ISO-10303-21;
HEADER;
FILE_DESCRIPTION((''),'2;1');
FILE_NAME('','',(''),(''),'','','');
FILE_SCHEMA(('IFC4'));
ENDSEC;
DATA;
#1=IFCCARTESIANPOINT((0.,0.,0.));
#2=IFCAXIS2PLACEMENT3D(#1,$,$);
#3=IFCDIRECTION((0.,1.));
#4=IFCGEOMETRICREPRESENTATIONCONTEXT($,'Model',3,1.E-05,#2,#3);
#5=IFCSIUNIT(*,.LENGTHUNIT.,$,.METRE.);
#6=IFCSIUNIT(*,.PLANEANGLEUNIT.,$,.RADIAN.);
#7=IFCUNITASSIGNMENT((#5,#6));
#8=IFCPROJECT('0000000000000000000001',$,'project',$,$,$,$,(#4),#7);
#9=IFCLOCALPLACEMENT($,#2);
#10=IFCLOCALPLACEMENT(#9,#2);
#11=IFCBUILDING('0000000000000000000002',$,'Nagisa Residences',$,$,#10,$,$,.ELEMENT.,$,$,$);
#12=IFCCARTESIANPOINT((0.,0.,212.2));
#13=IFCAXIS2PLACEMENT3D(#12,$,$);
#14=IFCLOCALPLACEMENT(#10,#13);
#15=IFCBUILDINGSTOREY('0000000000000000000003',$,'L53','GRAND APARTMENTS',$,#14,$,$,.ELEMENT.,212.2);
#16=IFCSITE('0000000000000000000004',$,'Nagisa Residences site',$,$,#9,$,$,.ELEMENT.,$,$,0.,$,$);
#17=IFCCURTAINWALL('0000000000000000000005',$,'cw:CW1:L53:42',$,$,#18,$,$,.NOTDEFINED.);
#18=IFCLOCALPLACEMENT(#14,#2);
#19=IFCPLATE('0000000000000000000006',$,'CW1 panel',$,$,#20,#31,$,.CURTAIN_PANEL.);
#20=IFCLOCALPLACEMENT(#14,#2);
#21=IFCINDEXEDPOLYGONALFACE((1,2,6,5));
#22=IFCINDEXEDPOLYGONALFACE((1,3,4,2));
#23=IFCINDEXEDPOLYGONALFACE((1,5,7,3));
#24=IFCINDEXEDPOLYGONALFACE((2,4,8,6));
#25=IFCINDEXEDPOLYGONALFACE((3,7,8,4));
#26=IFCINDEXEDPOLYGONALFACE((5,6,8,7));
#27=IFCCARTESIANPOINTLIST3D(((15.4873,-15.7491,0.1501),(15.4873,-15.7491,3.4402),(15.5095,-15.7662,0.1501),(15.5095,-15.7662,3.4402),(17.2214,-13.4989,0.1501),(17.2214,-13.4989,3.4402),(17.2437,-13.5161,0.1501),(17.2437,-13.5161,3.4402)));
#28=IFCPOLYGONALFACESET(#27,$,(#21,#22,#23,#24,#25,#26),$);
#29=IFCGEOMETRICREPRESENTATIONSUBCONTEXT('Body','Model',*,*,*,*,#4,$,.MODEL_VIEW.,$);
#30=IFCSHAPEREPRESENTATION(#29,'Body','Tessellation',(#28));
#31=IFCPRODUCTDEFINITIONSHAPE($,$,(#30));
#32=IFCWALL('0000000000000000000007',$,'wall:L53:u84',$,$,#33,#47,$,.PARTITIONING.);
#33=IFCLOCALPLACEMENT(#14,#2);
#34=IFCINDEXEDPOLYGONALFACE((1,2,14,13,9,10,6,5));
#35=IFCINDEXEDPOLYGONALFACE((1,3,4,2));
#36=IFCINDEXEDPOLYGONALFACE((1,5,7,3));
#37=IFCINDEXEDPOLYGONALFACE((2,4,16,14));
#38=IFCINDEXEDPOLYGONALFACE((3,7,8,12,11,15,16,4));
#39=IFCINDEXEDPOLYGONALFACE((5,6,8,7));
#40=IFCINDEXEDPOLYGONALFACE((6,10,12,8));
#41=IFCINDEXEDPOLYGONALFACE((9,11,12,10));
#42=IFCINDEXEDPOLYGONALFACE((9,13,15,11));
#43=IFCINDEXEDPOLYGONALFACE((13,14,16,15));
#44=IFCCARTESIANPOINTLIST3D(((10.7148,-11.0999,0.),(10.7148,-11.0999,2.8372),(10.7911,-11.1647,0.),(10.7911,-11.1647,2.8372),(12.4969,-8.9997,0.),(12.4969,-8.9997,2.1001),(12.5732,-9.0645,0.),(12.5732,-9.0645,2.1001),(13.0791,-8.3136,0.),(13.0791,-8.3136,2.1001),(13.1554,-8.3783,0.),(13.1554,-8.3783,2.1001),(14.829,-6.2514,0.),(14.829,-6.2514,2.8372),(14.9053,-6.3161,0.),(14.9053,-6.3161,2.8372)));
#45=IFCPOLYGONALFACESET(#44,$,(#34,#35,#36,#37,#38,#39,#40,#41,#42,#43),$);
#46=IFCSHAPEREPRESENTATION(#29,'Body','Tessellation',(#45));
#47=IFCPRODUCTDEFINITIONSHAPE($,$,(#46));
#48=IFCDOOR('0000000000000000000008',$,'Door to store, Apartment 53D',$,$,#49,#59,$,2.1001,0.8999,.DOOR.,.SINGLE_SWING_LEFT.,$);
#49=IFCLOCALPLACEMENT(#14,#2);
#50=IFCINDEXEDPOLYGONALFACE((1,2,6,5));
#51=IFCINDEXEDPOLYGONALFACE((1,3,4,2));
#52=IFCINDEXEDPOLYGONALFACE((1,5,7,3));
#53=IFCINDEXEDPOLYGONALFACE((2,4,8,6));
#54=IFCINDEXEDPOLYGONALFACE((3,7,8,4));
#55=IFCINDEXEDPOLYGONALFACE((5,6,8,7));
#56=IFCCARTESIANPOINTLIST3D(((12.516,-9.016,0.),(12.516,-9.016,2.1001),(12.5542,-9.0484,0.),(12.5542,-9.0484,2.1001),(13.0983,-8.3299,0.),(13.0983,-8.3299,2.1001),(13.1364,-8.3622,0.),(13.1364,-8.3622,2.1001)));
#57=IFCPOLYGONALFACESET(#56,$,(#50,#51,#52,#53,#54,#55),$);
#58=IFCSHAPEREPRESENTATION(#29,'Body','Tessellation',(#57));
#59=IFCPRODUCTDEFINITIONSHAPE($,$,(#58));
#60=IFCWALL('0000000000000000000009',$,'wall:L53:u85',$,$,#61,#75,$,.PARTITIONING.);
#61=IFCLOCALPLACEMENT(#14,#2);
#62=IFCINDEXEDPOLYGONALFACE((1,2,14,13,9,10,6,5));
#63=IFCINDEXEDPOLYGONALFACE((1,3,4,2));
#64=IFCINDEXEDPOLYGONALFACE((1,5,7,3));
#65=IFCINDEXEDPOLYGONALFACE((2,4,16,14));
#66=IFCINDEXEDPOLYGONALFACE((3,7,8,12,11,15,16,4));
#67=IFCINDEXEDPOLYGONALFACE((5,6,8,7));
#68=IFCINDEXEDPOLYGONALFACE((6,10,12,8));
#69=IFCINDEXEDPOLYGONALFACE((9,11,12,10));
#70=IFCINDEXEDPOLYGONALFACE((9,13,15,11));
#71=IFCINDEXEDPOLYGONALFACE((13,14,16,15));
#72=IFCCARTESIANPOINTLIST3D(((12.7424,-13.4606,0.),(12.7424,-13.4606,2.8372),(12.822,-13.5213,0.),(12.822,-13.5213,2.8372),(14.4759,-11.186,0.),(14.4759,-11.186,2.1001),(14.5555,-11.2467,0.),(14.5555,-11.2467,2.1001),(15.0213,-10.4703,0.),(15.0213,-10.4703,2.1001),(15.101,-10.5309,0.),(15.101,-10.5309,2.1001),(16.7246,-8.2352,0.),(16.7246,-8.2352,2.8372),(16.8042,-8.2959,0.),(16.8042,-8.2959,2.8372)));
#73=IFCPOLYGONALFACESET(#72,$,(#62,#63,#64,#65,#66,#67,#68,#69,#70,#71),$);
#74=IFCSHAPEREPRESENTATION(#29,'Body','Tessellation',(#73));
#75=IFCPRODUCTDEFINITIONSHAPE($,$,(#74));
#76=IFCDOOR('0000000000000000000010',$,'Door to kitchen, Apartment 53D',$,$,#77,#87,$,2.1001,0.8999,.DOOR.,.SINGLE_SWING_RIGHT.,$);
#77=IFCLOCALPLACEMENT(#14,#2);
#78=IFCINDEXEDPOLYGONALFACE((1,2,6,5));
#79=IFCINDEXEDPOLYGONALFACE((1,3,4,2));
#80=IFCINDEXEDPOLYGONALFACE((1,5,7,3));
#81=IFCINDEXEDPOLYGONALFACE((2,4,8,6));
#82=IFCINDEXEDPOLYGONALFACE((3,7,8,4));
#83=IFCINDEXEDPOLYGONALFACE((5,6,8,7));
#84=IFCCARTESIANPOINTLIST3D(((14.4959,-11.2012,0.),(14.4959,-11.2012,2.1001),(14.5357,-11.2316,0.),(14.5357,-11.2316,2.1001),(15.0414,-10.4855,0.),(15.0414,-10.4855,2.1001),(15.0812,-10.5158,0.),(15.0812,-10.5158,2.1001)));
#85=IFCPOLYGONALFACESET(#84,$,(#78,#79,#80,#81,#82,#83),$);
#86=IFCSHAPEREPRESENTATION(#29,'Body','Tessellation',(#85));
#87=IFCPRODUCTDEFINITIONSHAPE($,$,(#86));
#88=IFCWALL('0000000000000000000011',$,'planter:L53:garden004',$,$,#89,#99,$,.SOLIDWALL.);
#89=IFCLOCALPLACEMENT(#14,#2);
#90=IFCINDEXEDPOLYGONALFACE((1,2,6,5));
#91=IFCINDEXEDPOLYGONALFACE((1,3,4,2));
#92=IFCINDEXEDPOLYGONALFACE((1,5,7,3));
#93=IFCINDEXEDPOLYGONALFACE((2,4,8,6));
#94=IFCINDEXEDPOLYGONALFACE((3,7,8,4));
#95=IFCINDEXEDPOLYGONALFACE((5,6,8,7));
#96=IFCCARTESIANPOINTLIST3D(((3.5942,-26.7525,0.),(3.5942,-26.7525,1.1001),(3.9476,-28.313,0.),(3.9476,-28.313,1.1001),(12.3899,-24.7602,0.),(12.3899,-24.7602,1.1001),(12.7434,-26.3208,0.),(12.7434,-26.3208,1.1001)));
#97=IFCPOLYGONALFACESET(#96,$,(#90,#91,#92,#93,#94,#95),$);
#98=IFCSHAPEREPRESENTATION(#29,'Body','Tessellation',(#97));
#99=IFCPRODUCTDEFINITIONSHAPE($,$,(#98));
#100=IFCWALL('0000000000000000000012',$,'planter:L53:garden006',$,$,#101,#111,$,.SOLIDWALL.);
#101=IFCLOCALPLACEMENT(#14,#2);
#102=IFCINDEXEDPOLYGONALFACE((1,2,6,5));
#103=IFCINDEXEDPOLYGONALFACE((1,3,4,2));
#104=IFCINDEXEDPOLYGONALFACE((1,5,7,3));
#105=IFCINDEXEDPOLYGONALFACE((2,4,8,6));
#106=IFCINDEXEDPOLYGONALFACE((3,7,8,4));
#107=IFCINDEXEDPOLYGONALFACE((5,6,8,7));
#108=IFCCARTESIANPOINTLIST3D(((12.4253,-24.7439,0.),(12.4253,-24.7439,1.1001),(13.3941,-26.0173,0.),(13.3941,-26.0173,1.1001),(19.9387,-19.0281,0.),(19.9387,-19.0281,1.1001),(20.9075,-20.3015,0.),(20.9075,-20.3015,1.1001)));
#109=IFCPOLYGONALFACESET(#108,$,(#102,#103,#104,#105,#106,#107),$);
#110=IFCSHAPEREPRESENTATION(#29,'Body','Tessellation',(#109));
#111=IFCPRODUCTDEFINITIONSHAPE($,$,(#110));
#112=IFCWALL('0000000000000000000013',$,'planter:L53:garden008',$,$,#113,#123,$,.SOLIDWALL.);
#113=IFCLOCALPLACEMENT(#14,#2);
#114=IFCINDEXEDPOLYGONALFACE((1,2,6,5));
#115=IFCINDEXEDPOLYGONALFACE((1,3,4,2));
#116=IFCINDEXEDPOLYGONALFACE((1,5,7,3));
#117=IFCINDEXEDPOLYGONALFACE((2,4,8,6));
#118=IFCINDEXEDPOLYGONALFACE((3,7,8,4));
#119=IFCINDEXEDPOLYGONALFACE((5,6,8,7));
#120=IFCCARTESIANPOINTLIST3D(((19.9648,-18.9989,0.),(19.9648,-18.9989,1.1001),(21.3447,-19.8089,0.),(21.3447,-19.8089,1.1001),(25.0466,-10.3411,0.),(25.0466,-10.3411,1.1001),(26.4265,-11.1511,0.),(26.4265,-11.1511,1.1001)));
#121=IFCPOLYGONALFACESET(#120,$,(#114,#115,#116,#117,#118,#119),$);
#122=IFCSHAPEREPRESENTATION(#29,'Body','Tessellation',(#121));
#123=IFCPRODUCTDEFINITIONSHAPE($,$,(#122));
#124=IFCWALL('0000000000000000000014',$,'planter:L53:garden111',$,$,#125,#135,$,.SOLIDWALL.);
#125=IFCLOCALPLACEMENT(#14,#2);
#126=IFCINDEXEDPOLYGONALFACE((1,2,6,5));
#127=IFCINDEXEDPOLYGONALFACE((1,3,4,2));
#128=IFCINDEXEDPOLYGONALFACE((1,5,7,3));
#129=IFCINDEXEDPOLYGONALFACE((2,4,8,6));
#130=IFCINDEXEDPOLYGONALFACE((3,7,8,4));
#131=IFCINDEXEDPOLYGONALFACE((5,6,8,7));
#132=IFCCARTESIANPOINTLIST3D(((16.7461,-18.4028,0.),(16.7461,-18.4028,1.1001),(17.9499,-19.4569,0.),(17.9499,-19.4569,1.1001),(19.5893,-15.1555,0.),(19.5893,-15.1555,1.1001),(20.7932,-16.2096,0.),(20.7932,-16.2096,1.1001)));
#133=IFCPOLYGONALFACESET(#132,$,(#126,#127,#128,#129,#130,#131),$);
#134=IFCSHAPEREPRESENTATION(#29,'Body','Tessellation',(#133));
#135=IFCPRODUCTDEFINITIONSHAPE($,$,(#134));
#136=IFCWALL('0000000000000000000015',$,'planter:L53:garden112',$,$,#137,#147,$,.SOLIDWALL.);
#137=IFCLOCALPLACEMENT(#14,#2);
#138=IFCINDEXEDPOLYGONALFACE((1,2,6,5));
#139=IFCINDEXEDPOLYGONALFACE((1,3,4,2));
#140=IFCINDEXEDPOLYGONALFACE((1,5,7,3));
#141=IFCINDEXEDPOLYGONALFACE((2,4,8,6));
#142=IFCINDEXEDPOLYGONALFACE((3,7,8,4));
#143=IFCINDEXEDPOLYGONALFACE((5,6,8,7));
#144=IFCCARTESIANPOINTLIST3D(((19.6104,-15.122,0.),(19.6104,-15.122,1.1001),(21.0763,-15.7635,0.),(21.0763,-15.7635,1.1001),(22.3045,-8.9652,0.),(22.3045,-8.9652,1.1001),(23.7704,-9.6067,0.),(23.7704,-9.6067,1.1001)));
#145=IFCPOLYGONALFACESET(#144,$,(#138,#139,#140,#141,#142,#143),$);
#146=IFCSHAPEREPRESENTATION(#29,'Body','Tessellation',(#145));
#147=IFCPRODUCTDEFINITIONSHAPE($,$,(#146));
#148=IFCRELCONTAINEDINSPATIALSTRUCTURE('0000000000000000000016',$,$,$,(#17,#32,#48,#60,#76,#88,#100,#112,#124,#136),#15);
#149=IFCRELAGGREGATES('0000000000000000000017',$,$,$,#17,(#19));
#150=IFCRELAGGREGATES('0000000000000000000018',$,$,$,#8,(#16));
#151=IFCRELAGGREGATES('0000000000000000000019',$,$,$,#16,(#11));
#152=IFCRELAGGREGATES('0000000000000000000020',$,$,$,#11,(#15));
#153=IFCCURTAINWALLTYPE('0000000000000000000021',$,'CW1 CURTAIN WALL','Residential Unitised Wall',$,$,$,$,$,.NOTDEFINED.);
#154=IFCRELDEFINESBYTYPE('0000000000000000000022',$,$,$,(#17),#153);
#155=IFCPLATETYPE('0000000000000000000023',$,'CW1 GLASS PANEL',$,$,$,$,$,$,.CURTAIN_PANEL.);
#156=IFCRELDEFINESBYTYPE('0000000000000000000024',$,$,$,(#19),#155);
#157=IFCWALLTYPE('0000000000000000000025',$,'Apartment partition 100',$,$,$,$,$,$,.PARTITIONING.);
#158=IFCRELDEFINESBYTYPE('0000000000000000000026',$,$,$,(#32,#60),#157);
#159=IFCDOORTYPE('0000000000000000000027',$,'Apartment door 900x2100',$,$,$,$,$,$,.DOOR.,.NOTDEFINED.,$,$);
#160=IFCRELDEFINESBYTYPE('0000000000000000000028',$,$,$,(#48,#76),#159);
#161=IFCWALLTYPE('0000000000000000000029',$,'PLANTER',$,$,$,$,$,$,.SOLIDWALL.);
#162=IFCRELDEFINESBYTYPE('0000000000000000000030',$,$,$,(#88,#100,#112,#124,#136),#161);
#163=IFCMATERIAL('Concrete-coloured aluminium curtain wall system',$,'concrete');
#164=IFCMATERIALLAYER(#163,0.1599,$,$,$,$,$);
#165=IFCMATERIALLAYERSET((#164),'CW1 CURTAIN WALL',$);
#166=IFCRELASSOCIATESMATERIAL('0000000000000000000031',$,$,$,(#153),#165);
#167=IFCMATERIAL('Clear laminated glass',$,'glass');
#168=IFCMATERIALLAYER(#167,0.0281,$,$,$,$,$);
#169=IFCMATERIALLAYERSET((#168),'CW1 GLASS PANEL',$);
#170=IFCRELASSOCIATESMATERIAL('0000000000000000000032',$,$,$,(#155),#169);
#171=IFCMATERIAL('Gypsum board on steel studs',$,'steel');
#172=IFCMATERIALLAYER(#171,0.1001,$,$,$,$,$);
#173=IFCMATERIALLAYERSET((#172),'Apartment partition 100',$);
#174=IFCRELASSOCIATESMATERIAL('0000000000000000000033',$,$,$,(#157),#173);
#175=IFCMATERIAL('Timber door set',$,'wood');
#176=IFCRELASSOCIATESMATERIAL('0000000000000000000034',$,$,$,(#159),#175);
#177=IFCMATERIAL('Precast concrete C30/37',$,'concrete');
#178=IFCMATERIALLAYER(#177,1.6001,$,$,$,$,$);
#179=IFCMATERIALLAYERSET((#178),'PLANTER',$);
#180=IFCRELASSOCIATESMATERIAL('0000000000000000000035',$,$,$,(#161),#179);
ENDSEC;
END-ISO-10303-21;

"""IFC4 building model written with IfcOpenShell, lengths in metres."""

from ifc_helpers import new_model, si_unit, direction, frame, frame_2d, origin, origin_2d, place, context, subcontext, project, spatial, rectangle, extrude, material, layer, layer_set, type_object, element, fill, aggregate, save


model = new_model("IFC4")

# Units and contexts
model_context = context("Model", 3, precision=1e-05, world=origin(), true_north=direction((0.0, 1.0)))
body_context = subcontext(model_context, "Body", "Model", "MODEL_VIEW")
ifc_project = project(units=[si_unit("LENGTHUNIT", "METRE"), si_unit("PLANEANGLEUNIT", "RADIAN")], contexts=[model_context])

# Site, building, storey
site_placement = place(None, origin())
site = spatial("IfcSite", under=ifc_project, at=site_placement, Name="Nagisa Residences site", CompositionType="ELEMENT", RefElevation=0.0)
building_placement = place(site_placement, origin())
building = spatial("IfcBuilding", under=site, at=building_placement, Name="Nagisa Residences", CompositionType="ELEMENT")
storey_placement = place(building_placement, frame((0.0, 0.0, 212.2)))
storey = spatial("IfcBuildingStorey", under=building, at=storey_placement, Name="L53", Description="GRAND APARTMENTS", CompositionType="ELEMENT", Elevation=212.2)

# Curtain wall
ifc_material_1 = material(Name="Concrete-coloured aluminium curtain wall system", Category="concrete")
ifc_layer_1 = layer(ifc_material_1, 0.1599)
ifc_layer_set_1 = layer_set([ifc_layer_1], Name="CW1 CURTAIN WALL")
curtain_wall_type = type_object("IfcCurtainWallType", Name="CW1 CURTAIN WALL", Description="Residential Unitised Wall", PredefinedType="NOTDEFINED", material=ifc_layer_set_1)
curtain_wall_1_placement = place(storey_placement, origin())
curtain_wall_1 = element("IfcCurtainWall", 1, at=curtain_wall_1_placement, inside=storey, type_object=curtain_wall_type, Name="cw:CW1:L53:42", PredefinedType="NOTDEFINED")

# Plate
ifc_material_2 = material(Name="Clear laminated glass", Category="glass")
ifc_layer_2 = layer(ifc_material_2, 0.0281)
ifc_layer_set_2 = layer_set([ifc_layer_2], Name="CW1 GLASS PANEL")
plate_type = type_object("IfcPlateType", Name="CW1 GLASS PANEL", PredefinedType="CURTAIN_PANEL", material=ifc_layer_set_2)
plate_1_placement = place(storey_placement, frame((16.3655, -14.6326, 0.1501), z_axis=(0.0, 0.0, 1.0), x_axis=(0.61043, 0.79207, 0.0)))
plate_1 = element("IfcPlate", 2, at=plate_1_placement, type_object=plate_type, Name="CW1 panel", PredefinedType="CURTAIN_PANEL", context=body_context, shape_type="SweptSolid", body=[
    extrude(rectangle(XDim=2.8408, YDim=0.0281, at=origin_2d()), origin(), (0.0, 0.0, 1.0), 3.29),
])
aggregate(curtain_wall_1, [plate_1])

# Walls, openings, doors
ifc_material_3 = material(Name="Gypsum board on steel studs", Category="steel")
ifc_layer_3 = layer(ifc_material_3, 0.1001)
ifc_layer_set_3 = layer_set([ifc_layer_3], Name="Apartment partition 100")
wall_type_1 = type_object("IfcWallType", Name="Apartment partition 100", PredefinedType="PARTITIONING", material=ifc_layer_set_3)
wall_1_placement = place(storey_placement, frame((10.7529, -11.1323, 0.0), z_axis=(0.0, 0.0, 1.0), x_axis=(0.647002, 0.762488, 0.0)))
wall_1 = element("IfcWall", 3, at=wall_1_placement, inside=storey, type_object=wall_type_1, Name="wall:L53:u84", PredefinedType="PARTITIONING", context=body_context, shape_type="SweptSolid", body=[
    extrude(rectangle(XDim=6.3589, YDim=0.1001, at=frame_2d((3.1794, 0.0))), origin(), (0.0, 0.0, 1.0), 2.8372),
])
opening_1_placement = place(wall_1_placement, frame((2.7544, 0.0, 0.0)))
opening_1 = element("IfcOpeningElement", 4, at=opening_1_placement, cuts=wall_1, PredefinedType="OPENING", context=body_context, shape_type="SweptSolid", body=[
    extrude(rectangle(XDim=0.8999, YDim=2.1001, at=frame_2d((0.45, 1.05))), frame((0.0, 0.0601, 0.0), z_axis=(0.0, -1.0, 0.0), x_axis=(1.0, 0.0, 0.0)), (0.0, 0.0, 1.0), 0.1201),
])
ifc_material_4 = material(Name="Timber door set", Category="wood")
door_type_1 = type_object("IfcDoorType", Name="Apartment door 900x2100", OperationType="NOTDEFINED", PredefinedType="DOOR", material=ifc_material_4)
door_1_placement = place(opening_1_placement, origin())
door_1 = element("IfcDoor", 5, at=door_1_placement, inside=storey, type_object=door_type_1, Name="Door to store, Apartment 53D", OperationType="SINGLE_SWING_LEFT", OverallHeight=2.1001, OverallWidth=0.8999, PredefinedType="DOOR", context=body_context, shape_type="SweptSolid", body=[
    extrude(rectangle(XDim=0.8999, YDim=2.1001, at=frame_2d((0.45, 1.05))), frame((0.0, 0.0249, 0.0), z_axis=(0.0, -1.0, 0.0), x_axis=(1.0, 0.0, 0.0)), (0.0, 0.0, 1.0), 0.05),
])
fill(opening_1, door_1)
wall_2_placement = place(storey_placement, frame((12.7822, -13.491, 0.0), z_axis=(0.0, 0.0, 1.0), x_axis=(0.606136, 0.795361, 0.0)))
wall_2 = element("IfcWall", 6, at=wall_2_placement, inside=storey, type_object=wall_type_1, Name="wall:L53:u85", PredefinedType="PARTITIONING", context=body_context, shape_type="SweptSolid", body=[
    extrude(rectangle(XDim=6.5698, YDim=0.1001, at=frame_2d((3.2849, 0.0))), origin(), (0.0, 0.0, 1.0), 2.8372),
])
opening_2_placement = place(wall_2_placement, frame((2.8599, 0.0, 0.0)))
opening_2 = element("IfcOpeningElement", 7, at=opening_2_placement, cuts=wall_2, PredefinedType="OPENING", context=body_context, shape_type="SweptSolid", body=[
    extrude(rectangle(XDim=0.8999, YDim=2.1001, at=frame_2d((0.45, 1.05))), frame((0.0, 0.0601, 0.0), z_axis=(0.0, -1.0, 0.0), x_axis=(1.0, 0.0, 0.0)), (0.0, 0.0, 1.0), 0.1201),
])
door_2_placement = place(opening_2_placement, origin())
door_2 = element("IfcDoor", 8, at=door_2_placement, inside=storey, type_object=door_type_1, Name="Door to kitchen, Apartment 53D", OperationType="SINGLE_SWING_RIGHT", OverallHeight=2.1001, OverallWidth=0.8999, PredefinedType="DOOR", context=body_context, shape_type="SweptSolid", body=[
    extrude(rectangle(XDim=0.8999, YDim=2.1001, at=frame_2d((0.45, 1.05))), frame((0.0, 0.0249, 0.0), z_axis=(0.0, -1.0, 0.0), x_axis=(1.0, 0.0, 0.0)), (0.0, 0.0, 1.0), 0.05),
])
fill(opening_2, door_2)

# Walls
ifc_material_5 = material(Name="Precast concrete C30/37", Category="concrete")
ifc_layer_4 = layer(ifc_material_5, 1.6001)
ifc_layer_set_4 = layer_set([ifc_layer_4], Name="PLANTER")
wall_type_2 = type_object("IfcWallType", Name="PLANTER", PredefinedType="SOLIDWALL", material=ifc_layer_set_4)
wall_3_placement = place(storey_placement, frame((12.5667, -25.5405, 0.0), z_axis=(0.0, 0.0, 1.0), x_axis=(-0.975296, -0.220901, 0.0)))
element("IfcWall", 9, at=wall_3_placement, inside=storey, type_object=wall_type_2, Name="planter:L53:garden004", PredefinedType="SOLIDWALL", context=body_context, shape_type="SweptSolid", body=[
    extrude(rectangle(XDim=9.0186, YDim=1.6001, at=frame_2d((4.5093, 0.0))), origin(), (0.0, 0.0, 1.0), 1.1001),
])
wall_4_placement = place(storey_placement, frame((20.4231, -19.6648, 0.0), z_axis=(0.0, 0.0, 1.0), x_axis=(-0.795876, -0.60546, 0.0)))
element("IfcWall", 10, at=wall_4_placement, inside=storey, type_object=wall_type_2, Name="planter:L53:garden006", PredefinedType="SOLIDWALL", context=body_context, shape_type="SweptSolid", body=[
    extrude(rectangle(XDim=9.4404, YDim=1.6001, at=frame_2d((4.7202, 0.0))), origin(), (0.0, 0.0, 1.0), 1.1001),
])
wall_5_placement = place(storey_placement, frame((25.7366, -10.7461, 0.0), z_axis=(0.0, 0.0, 1.0), x_axis=(-0.506207, -0.862412, 0.0)))
element("IfcWall", 11, at=wall_5_placement, inside=storey, type_object=wall_type_2, Name="planter:L53:garden008", PredefinedType="SOLIDWALL", context=body_context, shape_type="SweptSolid", body=[
    extrude(rectangle(XDim=10.0391, YDim=1.6001, at=frame_2d((5.0195, 0.0))), origin(), (0.0, 0.0, 1.0), 1.1001),
])
wall_6_placement = place(storey_placement, frame((17.3479, -18.9299, 0.0), z_axis=(0.0, 0.0, 1.0), x_axis=(0.658749, 0.752363, 0.0)))
element("IfcWall", 12, at=wall_6_placement, inside=storey, type_object=wall_type_2, Name="planter:L53:garden111", PredefinedType="SOLIDWALL", context=body_context, shape_type="SweptSolid", body=[
    extrude(rectangle(XDim=4.3162, YDim=1.6001, at=frame_2d((2.1582, 0.0))), origin(), (0.0, 0.0, 1.0), 1.1001),
])
wall_7_placement = place(storey_placement, frame((20.3433, -15.4429, 0.0), z_axis=(0.0, 0.0, 1.0), x_axis=(0.400884, 0.916129, 0.0)))
element("IfcWall", 13, at=wall_7_placement, inside=storey, type_object=wall_type_2, Name="planter:L53:garden112", PredefinedType="SOLIDWALL", context=body_context, shape_type="SweptSolid", body=[
    extrude(rectangle(XDim=6.7205, YDim=1.6001, at=frame_2d((3.3604, 0.0))), origin(), (0.0, 0.0, 1.0), 1.1001),
])

save(model, "model.ifc")
